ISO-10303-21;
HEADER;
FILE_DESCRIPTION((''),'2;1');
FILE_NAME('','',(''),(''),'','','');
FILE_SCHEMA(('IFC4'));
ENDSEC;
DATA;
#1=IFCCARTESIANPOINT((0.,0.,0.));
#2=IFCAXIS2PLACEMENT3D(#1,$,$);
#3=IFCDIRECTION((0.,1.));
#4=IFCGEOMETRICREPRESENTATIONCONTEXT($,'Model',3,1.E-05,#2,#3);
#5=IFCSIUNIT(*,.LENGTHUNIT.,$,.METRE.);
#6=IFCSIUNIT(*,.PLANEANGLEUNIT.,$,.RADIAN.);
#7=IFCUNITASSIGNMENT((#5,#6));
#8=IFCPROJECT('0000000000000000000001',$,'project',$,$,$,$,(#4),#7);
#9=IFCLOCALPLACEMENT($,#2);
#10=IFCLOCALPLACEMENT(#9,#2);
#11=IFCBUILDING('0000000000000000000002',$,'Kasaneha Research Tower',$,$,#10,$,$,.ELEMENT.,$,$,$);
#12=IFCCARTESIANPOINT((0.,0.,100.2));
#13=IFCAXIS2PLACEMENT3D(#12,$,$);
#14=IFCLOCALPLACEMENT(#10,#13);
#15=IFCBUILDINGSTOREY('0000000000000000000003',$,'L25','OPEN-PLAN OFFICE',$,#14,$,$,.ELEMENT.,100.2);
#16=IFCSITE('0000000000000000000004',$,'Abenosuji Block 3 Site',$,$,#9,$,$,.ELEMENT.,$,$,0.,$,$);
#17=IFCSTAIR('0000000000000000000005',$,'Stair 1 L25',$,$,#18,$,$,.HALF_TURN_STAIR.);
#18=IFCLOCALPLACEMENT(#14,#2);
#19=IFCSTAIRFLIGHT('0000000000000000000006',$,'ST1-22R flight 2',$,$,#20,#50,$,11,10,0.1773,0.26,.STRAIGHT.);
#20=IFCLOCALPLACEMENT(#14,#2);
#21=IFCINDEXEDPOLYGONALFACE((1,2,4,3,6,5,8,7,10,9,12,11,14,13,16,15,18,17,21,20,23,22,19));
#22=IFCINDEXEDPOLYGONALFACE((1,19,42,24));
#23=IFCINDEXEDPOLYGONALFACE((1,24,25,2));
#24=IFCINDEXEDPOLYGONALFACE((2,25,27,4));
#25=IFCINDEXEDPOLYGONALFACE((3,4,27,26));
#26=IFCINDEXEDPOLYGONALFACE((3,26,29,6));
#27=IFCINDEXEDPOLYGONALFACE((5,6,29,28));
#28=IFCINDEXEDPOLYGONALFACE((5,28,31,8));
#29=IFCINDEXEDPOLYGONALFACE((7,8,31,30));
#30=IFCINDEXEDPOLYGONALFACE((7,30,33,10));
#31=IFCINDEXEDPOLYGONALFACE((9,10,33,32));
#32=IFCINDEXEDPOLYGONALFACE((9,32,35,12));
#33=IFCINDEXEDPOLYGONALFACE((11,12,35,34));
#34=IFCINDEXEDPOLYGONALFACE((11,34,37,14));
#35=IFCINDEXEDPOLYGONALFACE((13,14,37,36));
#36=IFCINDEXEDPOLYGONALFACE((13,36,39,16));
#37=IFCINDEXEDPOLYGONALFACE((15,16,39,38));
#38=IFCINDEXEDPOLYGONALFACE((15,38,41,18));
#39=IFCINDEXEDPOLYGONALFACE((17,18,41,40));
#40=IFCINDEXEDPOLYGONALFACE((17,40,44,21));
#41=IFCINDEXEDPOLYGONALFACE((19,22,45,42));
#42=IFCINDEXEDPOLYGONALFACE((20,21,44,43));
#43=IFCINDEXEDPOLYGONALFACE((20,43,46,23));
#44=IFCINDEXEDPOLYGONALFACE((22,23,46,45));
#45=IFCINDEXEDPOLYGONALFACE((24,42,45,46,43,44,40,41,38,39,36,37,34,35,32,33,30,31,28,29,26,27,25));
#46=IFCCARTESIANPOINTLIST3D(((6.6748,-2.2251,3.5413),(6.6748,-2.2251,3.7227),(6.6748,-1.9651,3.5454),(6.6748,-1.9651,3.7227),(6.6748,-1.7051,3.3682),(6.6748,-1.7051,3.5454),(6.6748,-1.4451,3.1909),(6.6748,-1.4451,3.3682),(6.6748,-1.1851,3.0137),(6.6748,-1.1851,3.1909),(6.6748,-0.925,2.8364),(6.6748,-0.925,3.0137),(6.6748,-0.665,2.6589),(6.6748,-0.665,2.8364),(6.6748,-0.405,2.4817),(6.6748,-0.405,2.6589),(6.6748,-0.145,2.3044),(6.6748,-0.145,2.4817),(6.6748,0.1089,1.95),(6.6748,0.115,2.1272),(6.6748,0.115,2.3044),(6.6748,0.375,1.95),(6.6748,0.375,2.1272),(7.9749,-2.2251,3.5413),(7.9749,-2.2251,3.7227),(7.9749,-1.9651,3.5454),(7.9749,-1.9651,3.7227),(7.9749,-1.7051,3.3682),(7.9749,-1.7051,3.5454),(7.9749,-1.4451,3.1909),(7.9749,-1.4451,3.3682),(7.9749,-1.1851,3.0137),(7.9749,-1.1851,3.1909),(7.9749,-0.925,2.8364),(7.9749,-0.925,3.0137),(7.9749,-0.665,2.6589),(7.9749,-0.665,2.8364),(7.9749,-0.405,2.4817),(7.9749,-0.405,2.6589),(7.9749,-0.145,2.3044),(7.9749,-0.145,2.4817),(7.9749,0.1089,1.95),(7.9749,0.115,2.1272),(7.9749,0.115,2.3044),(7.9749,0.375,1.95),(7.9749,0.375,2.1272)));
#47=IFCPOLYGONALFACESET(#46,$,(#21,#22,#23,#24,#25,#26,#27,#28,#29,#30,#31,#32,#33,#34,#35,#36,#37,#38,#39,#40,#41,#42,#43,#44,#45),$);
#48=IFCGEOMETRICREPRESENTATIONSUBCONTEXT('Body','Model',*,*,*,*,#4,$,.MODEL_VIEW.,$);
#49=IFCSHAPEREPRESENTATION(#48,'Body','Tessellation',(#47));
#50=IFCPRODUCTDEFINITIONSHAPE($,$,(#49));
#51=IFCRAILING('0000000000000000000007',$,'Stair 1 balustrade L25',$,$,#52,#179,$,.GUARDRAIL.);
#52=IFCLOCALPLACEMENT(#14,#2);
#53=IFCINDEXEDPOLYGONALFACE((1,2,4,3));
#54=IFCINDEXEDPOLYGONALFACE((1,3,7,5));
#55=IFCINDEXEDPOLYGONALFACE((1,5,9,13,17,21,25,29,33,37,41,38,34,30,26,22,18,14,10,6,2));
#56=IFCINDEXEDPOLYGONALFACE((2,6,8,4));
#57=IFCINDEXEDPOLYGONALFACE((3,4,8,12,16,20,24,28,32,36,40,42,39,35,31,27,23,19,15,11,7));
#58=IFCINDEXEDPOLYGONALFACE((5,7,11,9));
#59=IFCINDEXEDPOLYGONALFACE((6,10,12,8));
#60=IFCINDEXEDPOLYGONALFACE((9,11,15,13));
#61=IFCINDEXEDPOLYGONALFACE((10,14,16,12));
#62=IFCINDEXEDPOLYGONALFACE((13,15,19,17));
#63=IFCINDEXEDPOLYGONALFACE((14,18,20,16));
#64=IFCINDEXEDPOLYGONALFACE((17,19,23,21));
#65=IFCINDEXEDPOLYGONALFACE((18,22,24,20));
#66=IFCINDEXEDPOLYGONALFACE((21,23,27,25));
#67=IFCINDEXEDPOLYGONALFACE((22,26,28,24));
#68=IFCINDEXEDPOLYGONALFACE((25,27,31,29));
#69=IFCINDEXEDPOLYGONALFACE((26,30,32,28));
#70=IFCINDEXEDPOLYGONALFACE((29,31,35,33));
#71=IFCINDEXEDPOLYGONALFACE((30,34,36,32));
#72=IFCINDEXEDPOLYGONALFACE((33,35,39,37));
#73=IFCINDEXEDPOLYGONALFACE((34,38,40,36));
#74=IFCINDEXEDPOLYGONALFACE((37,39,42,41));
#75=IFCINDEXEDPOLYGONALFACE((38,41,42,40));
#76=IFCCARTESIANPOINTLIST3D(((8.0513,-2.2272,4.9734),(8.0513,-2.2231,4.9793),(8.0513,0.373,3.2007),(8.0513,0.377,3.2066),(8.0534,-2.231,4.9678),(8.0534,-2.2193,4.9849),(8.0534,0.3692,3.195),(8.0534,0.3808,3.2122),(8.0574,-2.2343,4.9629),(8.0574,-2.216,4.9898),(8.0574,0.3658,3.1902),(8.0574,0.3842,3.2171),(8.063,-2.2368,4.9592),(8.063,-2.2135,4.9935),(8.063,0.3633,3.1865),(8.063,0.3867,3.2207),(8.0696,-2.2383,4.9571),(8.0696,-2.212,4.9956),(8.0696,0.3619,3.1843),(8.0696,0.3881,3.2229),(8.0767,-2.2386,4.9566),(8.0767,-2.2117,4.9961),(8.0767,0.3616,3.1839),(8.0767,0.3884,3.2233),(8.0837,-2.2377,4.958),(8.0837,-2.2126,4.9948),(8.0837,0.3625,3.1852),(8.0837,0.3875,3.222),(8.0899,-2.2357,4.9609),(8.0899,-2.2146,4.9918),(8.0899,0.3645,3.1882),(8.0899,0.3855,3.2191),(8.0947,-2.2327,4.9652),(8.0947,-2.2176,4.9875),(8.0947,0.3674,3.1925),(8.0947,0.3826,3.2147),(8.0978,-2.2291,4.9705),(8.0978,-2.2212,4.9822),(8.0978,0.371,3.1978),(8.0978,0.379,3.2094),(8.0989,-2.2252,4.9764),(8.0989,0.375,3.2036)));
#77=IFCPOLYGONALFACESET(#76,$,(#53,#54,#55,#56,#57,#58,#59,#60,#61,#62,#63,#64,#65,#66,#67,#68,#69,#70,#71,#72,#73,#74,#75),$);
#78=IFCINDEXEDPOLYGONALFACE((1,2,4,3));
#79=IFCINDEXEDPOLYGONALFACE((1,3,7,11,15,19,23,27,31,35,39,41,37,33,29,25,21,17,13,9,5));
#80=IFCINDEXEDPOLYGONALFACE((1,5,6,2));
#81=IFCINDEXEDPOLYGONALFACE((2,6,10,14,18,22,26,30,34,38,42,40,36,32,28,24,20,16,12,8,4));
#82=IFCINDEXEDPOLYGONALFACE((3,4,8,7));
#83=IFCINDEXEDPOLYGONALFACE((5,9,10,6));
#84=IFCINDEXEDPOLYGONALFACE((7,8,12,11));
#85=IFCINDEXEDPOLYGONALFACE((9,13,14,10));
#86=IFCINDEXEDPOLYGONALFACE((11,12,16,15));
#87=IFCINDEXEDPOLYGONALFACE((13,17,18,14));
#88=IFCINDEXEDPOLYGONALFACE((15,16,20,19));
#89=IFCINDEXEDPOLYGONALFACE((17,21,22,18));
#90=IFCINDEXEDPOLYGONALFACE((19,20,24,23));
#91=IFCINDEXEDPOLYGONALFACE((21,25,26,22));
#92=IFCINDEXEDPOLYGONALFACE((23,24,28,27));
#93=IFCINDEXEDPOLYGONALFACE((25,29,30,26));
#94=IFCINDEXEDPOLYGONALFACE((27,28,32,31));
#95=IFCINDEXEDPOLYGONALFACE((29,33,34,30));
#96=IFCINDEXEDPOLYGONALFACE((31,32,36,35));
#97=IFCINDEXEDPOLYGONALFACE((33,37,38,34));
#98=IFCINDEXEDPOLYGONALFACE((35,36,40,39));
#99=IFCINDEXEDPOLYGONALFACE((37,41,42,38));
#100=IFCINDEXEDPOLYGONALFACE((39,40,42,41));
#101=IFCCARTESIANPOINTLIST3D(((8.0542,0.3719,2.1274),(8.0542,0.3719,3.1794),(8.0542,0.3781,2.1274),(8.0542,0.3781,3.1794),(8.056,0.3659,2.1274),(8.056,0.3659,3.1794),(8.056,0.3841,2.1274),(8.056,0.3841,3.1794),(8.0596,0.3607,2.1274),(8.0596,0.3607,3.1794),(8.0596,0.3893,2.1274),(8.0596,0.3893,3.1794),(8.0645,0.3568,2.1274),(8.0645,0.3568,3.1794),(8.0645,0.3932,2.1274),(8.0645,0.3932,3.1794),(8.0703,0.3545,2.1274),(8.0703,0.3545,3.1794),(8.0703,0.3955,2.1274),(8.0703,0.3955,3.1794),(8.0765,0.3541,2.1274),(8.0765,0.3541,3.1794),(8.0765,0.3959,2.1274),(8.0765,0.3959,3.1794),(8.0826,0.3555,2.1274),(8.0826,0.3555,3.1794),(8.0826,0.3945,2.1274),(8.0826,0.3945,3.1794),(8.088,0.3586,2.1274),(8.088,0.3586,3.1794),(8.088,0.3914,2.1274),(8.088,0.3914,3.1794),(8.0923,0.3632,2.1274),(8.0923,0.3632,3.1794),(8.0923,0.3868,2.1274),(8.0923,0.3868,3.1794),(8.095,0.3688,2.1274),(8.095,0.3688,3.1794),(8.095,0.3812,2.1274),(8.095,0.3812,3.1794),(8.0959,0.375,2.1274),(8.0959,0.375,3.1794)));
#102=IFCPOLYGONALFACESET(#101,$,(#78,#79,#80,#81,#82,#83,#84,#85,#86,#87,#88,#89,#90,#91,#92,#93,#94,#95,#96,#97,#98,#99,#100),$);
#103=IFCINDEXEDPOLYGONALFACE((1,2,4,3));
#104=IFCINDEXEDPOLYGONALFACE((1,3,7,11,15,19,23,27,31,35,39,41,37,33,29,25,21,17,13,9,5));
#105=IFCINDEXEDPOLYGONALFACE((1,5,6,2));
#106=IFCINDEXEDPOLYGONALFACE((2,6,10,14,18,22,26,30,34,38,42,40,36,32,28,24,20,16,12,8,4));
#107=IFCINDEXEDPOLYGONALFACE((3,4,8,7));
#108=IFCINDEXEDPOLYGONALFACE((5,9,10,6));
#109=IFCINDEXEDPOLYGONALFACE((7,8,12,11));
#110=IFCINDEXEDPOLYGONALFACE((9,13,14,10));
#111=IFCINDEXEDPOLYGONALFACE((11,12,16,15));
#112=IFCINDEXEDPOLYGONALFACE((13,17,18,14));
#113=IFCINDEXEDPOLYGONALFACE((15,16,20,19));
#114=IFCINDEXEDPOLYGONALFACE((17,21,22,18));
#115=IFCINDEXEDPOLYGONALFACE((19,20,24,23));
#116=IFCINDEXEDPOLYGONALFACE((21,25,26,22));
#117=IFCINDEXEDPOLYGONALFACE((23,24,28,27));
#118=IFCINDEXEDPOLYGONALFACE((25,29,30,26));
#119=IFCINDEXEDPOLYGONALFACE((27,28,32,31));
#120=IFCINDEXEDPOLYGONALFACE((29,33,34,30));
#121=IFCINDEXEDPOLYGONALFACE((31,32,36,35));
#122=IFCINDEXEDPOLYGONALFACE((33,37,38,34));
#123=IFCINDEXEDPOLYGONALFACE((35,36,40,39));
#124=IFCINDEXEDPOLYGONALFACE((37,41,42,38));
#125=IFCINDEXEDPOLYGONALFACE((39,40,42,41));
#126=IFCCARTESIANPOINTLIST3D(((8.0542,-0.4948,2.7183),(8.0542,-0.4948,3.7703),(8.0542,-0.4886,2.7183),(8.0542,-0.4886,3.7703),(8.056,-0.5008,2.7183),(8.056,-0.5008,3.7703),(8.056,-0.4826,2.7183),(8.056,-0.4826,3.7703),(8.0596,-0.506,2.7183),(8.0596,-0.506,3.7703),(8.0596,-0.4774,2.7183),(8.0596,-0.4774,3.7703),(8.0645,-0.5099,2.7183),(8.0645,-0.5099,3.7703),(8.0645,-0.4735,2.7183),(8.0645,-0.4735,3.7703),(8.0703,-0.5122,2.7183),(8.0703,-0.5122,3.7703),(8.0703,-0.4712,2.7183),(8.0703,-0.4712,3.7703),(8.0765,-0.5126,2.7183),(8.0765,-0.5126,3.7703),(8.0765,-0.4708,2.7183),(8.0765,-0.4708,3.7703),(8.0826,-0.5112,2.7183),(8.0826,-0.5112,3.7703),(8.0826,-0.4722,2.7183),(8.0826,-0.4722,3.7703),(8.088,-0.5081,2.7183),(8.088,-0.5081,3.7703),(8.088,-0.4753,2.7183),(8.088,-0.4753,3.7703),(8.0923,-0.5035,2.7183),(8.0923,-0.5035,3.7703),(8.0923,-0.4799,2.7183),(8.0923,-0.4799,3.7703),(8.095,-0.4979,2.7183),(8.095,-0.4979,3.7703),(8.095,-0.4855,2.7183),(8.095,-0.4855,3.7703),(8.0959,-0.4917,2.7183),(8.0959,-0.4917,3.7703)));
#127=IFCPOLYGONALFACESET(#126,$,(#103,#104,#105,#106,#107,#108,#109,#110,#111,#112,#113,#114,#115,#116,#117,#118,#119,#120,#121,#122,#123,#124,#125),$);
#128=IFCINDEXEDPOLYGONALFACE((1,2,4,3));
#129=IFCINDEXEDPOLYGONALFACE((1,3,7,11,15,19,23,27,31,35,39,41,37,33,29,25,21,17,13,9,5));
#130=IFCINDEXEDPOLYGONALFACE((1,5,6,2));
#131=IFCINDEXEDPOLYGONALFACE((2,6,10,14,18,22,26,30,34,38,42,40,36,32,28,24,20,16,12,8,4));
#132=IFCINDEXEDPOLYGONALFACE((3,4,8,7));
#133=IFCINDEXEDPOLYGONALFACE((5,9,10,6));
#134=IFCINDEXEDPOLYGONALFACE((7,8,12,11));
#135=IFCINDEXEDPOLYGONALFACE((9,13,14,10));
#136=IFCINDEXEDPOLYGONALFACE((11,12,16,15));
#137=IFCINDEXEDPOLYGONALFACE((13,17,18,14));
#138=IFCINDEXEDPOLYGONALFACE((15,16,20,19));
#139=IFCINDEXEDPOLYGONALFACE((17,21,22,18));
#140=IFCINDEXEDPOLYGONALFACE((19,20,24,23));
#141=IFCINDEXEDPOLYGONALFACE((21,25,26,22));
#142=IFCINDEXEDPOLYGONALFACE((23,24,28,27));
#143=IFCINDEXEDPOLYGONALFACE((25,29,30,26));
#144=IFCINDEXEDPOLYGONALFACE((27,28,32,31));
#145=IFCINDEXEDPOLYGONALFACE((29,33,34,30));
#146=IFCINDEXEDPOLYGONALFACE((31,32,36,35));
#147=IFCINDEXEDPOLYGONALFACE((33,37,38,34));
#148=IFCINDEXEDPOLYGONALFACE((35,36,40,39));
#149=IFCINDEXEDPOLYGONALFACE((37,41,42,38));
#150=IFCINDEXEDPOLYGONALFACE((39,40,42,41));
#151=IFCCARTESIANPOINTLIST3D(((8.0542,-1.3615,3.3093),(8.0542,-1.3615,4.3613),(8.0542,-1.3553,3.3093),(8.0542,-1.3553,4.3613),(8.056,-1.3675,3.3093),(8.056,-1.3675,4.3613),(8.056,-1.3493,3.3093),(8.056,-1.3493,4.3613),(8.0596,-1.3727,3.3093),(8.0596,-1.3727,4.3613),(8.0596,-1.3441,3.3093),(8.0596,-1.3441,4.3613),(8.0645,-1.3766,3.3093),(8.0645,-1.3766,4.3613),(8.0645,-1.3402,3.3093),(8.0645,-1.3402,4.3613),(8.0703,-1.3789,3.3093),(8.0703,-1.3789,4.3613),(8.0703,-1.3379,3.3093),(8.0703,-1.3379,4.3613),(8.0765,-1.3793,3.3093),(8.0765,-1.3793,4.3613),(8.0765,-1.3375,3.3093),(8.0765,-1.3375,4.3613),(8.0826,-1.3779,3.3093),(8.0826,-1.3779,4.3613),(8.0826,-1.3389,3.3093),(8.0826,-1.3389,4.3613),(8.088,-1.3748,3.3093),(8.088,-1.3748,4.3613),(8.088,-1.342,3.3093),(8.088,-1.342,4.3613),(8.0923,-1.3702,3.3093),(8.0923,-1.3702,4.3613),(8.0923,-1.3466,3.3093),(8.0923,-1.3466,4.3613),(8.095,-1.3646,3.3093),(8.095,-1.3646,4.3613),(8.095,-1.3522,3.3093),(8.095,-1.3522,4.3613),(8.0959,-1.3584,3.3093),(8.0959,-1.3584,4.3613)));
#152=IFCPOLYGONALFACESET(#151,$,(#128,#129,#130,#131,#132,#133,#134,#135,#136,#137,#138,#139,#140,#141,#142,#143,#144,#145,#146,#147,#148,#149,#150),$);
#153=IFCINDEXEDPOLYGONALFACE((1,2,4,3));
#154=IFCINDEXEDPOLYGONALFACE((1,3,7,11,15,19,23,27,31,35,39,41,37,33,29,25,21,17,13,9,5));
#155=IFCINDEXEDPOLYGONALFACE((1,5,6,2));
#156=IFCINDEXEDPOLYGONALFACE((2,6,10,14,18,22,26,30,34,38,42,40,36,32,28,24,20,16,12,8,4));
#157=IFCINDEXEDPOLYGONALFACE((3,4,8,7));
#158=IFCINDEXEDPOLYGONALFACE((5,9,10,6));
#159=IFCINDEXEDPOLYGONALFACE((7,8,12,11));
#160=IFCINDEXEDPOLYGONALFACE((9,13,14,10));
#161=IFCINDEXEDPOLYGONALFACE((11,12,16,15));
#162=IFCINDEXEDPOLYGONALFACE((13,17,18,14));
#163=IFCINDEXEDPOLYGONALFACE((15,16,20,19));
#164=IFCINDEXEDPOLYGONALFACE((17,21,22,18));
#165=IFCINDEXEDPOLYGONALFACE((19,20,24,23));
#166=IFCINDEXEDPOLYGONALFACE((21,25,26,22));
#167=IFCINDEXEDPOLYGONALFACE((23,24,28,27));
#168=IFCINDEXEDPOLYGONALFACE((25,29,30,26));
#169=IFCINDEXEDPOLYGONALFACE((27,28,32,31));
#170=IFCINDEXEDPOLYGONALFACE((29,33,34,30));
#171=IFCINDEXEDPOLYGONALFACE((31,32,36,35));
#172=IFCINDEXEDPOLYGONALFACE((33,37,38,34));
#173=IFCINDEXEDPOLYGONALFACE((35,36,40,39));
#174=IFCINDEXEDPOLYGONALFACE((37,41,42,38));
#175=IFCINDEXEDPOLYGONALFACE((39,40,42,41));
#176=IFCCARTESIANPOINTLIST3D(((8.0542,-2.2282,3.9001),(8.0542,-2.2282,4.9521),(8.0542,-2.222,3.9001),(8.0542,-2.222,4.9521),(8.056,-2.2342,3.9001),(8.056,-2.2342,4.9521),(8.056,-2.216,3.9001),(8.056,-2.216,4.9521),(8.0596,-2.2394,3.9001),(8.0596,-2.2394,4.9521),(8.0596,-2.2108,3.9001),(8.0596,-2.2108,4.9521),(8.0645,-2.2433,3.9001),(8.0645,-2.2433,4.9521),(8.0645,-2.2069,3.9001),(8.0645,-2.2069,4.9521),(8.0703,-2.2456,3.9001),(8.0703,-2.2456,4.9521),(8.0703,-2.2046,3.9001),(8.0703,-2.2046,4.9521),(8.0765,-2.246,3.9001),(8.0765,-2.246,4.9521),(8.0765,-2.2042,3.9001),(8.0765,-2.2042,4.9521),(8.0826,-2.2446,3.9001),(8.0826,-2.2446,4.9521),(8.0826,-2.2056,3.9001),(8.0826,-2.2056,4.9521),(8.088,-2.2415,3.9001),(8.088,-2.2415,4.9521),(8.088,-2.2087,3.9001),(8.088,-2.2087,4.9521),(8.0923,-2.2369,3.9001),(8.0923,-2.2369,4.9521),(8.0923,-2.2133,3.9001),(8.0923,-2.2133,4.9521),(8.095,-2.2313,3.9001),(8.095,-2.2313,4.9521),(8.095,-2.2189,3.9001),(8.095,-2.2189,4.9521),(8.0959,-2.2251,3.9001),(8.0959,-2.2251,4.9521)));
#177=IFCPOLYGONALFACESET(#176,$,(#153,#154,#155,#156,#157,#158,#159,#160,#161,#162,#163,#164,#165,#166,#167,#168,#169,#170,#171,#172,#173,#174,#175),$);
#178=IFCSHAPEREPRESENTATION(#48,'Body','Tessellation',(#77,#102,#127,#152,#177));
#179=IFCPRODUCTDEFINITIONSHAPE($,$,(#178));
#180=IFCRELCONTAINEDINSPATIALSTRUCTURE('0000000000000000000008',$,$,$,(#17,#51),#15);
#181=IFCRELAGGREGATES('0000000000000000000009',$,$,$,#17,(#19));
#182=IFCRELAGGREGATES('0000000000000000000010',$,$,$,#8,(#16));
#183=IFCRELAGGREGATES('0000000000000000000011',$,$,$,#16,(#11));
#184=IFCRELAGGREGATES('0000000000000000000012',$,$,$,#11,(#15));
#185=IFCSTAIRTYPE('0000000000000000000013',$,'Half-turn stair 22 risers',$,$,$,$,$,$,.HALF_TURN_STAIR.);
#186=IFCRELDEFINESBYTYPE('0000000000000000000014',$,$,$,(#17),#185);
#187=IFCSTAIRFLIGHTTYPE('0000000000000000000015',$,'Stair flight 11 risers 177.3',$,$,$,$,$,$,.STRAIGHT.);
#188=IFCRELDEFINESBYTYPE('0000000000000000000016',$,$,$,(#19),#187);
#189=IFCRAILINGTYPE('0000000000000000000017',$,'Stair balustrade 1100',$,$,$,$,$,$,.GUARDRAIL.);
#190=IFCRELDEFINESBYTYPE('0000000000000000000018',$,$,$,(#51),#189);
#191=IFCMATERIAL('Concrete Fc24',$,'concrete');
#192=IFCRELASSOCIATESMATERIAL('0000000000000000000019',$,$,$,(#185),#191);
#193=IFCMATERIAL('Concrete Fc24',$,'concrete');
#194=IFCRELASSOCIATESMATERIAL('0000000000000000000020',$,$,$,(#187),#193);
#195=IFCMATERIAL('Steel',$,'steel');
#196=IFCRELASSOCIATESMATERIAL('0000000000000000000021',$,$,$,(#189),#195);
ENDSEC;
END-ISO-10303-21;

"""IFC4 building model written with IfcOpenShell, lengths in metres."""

from ifc_helpers import new_model, si_unit, direction, frame, origin, origin_2d, place, context, subcontext, project, spatial, polyline, circle, outline, extrude, material, type_object, element, aggregate, save


model = new_model("IFC4")

# Units and contexts
model_context = context("Model", 3, precision=1e-05, world=origin(), true_north=direction((0.0, 1.0)))
body_context = subcontext(model_context, "Body", "Model", "MODEL_VIEW")
ifc_project = project(units=[si_unit("LENGTHUNIT", "METRE"), si_unit("PLANEANGLEUNIT", "RADIAN")], contexts=[model_context])

# Site, building, storey
site_placement = place(None, origin())
site = spatial("IfcSite", under=ifc_project, at=site_placement, Name="Abenosuji Block 3 Site", CompositionType="ELEMENT", RefElevation=0.0)
building_placement = place(site_placement, origin())
building = spatial("IfcBuilding", under=site, at=building_placement, Name="Kasaneha Research Tower", CompositionType="ELEMENT")
storey_placement = place(building_placement, frame((0.0, 0.0, 100.2)))
storey = spatial("IfcBuildingStorey", under=building, at=storey_placement, Name="L25", Description="OPEN-PLAN OFFICE", CompositionType="ELEMENT", Elevation=100.2)

# Stair, stair flight
ifc_material_1 = material(Name="Concrete Fc24", Category="concrete")
stair_type = type_object("IfcStairType", Name="Half-turn stair 22 risers", PredefinedType="HALF_TURN_STAIR", material=ifc_material_1)
stair_placement = place(storey_placement, origin())
stair = element("IfcStair", 1, at=stair_placement, inside=storey, type_object=stair_type, Name="Stair 1 L25", PredefinedType="HALF_TURN_STAIR")
ifc_material_2 = material(Name="Concrete Fc24", Category="concrete")
stair_flight_type = type_object("IfcStairFlightType", Name="Stair flight 11 risers 177.3", PredefinedType="STRAIGHT", material=ifc_material_2)
stair_flight_placement = place(storey_placement, frame((7.325, 0.375, 1.95), z_axis=(0.0, 0.0, 1.0), x_axis=(0.0, -1.0, 0.0)))
stair_flight = element("IfcStairFlight", 2, at=stair_flight_placement, type_object=stair_flight_type, Name="ST1-22R flight 2", NumberOfRisers=11, NumberOfTreads=10, PredefinedType="STRAIGHT", RiserHeight=0.1773, TreadLength=0.26, context=body_context, shape_type="SweptSolid", body=[
    extrude(outline(polyline([(0.0, 0.0), (0.0, 0.1772), (0.26, 0.1772), (0.26, 0.3545), (0.52, 0.3545), (0.52, 0.5317), (0.78, 0.5317), (0.78, 0.709), (1.04, 0.709), (1.04, 0.8865), (1.3, 0.8865), (1.3, 1.0637), (1.5601, 1.0637), (1.5601, 1.241), (1.8201, 1.241), (1.8201, 1.4182), (2.0801, 1.4182), (2.0801, 1.5955), (2.3401, 1.5955), (2.3401, 1.7727), (2.6001, 1.7727), (2.6001, 1.95), (2.6001, 1.5913), (0.2661, 0.0), (0.0, 0.0)])), frame((0.0, 0.6499, 0.0), z_axis=(0.0, -1.0, 0.0), x_axis=(1.0, 0.0, 0.0)), (0.0, 0.0, 1.0), 1.3),
])
aggregate(stair, [stair_flight])

# Railing
ifc_material_3 = material(Name="Steel", Category="steel")
railing_type_1 = type_object("IfcRailingType", Name="Stair balustrade 1100", PredefinedType="GUARDRAIL", material=ifc_material_3)
railing_1_placement = place(storey_placement, frame((8.075, 0.375, 2.1274)))
element("IfcRailing", 3, at=railing_1_placement, inside=storey, type_object=railing_type_1, Name="Stair 1 balustrade L25", PredefinedType="GUARDRAIL", context=body_context, shape_type="SweptSolid", body=[
    extrude(circle(Radius=0.0239, at=origin_2d()), frame((0.0, 0.0, 1.0762), z_axis=(0.0, -0.82624, 0.563318), x_axis=(1.0, 0.0, 0.0)), (0.0, 0.0, 1.0), 3.147),
    extrude(circle(Radius=0.021, at=origin_2d()), origin(), (0.0, 0.0, 1.0), 1.052),
    extrude(circle(Radius=0.021, at=origin_2d()), frame((0.0, -0.8667, 0.5908)), (0.0, 0.0, 1.0), 1.052),
    extrude(circle(Radius=0.021, at=origin_2d()), frame((0.0, -1.7334, 1.1819)), (0.0, 0.0, 1.0), 1.052),
    extrude(circle(Radius=0.021, at=origin_2d()), frame((0.0, -2.6001, 1.7727)), (0.0, 0.0, 1.0), 1.052),
])

save(model, "model.ifc")
